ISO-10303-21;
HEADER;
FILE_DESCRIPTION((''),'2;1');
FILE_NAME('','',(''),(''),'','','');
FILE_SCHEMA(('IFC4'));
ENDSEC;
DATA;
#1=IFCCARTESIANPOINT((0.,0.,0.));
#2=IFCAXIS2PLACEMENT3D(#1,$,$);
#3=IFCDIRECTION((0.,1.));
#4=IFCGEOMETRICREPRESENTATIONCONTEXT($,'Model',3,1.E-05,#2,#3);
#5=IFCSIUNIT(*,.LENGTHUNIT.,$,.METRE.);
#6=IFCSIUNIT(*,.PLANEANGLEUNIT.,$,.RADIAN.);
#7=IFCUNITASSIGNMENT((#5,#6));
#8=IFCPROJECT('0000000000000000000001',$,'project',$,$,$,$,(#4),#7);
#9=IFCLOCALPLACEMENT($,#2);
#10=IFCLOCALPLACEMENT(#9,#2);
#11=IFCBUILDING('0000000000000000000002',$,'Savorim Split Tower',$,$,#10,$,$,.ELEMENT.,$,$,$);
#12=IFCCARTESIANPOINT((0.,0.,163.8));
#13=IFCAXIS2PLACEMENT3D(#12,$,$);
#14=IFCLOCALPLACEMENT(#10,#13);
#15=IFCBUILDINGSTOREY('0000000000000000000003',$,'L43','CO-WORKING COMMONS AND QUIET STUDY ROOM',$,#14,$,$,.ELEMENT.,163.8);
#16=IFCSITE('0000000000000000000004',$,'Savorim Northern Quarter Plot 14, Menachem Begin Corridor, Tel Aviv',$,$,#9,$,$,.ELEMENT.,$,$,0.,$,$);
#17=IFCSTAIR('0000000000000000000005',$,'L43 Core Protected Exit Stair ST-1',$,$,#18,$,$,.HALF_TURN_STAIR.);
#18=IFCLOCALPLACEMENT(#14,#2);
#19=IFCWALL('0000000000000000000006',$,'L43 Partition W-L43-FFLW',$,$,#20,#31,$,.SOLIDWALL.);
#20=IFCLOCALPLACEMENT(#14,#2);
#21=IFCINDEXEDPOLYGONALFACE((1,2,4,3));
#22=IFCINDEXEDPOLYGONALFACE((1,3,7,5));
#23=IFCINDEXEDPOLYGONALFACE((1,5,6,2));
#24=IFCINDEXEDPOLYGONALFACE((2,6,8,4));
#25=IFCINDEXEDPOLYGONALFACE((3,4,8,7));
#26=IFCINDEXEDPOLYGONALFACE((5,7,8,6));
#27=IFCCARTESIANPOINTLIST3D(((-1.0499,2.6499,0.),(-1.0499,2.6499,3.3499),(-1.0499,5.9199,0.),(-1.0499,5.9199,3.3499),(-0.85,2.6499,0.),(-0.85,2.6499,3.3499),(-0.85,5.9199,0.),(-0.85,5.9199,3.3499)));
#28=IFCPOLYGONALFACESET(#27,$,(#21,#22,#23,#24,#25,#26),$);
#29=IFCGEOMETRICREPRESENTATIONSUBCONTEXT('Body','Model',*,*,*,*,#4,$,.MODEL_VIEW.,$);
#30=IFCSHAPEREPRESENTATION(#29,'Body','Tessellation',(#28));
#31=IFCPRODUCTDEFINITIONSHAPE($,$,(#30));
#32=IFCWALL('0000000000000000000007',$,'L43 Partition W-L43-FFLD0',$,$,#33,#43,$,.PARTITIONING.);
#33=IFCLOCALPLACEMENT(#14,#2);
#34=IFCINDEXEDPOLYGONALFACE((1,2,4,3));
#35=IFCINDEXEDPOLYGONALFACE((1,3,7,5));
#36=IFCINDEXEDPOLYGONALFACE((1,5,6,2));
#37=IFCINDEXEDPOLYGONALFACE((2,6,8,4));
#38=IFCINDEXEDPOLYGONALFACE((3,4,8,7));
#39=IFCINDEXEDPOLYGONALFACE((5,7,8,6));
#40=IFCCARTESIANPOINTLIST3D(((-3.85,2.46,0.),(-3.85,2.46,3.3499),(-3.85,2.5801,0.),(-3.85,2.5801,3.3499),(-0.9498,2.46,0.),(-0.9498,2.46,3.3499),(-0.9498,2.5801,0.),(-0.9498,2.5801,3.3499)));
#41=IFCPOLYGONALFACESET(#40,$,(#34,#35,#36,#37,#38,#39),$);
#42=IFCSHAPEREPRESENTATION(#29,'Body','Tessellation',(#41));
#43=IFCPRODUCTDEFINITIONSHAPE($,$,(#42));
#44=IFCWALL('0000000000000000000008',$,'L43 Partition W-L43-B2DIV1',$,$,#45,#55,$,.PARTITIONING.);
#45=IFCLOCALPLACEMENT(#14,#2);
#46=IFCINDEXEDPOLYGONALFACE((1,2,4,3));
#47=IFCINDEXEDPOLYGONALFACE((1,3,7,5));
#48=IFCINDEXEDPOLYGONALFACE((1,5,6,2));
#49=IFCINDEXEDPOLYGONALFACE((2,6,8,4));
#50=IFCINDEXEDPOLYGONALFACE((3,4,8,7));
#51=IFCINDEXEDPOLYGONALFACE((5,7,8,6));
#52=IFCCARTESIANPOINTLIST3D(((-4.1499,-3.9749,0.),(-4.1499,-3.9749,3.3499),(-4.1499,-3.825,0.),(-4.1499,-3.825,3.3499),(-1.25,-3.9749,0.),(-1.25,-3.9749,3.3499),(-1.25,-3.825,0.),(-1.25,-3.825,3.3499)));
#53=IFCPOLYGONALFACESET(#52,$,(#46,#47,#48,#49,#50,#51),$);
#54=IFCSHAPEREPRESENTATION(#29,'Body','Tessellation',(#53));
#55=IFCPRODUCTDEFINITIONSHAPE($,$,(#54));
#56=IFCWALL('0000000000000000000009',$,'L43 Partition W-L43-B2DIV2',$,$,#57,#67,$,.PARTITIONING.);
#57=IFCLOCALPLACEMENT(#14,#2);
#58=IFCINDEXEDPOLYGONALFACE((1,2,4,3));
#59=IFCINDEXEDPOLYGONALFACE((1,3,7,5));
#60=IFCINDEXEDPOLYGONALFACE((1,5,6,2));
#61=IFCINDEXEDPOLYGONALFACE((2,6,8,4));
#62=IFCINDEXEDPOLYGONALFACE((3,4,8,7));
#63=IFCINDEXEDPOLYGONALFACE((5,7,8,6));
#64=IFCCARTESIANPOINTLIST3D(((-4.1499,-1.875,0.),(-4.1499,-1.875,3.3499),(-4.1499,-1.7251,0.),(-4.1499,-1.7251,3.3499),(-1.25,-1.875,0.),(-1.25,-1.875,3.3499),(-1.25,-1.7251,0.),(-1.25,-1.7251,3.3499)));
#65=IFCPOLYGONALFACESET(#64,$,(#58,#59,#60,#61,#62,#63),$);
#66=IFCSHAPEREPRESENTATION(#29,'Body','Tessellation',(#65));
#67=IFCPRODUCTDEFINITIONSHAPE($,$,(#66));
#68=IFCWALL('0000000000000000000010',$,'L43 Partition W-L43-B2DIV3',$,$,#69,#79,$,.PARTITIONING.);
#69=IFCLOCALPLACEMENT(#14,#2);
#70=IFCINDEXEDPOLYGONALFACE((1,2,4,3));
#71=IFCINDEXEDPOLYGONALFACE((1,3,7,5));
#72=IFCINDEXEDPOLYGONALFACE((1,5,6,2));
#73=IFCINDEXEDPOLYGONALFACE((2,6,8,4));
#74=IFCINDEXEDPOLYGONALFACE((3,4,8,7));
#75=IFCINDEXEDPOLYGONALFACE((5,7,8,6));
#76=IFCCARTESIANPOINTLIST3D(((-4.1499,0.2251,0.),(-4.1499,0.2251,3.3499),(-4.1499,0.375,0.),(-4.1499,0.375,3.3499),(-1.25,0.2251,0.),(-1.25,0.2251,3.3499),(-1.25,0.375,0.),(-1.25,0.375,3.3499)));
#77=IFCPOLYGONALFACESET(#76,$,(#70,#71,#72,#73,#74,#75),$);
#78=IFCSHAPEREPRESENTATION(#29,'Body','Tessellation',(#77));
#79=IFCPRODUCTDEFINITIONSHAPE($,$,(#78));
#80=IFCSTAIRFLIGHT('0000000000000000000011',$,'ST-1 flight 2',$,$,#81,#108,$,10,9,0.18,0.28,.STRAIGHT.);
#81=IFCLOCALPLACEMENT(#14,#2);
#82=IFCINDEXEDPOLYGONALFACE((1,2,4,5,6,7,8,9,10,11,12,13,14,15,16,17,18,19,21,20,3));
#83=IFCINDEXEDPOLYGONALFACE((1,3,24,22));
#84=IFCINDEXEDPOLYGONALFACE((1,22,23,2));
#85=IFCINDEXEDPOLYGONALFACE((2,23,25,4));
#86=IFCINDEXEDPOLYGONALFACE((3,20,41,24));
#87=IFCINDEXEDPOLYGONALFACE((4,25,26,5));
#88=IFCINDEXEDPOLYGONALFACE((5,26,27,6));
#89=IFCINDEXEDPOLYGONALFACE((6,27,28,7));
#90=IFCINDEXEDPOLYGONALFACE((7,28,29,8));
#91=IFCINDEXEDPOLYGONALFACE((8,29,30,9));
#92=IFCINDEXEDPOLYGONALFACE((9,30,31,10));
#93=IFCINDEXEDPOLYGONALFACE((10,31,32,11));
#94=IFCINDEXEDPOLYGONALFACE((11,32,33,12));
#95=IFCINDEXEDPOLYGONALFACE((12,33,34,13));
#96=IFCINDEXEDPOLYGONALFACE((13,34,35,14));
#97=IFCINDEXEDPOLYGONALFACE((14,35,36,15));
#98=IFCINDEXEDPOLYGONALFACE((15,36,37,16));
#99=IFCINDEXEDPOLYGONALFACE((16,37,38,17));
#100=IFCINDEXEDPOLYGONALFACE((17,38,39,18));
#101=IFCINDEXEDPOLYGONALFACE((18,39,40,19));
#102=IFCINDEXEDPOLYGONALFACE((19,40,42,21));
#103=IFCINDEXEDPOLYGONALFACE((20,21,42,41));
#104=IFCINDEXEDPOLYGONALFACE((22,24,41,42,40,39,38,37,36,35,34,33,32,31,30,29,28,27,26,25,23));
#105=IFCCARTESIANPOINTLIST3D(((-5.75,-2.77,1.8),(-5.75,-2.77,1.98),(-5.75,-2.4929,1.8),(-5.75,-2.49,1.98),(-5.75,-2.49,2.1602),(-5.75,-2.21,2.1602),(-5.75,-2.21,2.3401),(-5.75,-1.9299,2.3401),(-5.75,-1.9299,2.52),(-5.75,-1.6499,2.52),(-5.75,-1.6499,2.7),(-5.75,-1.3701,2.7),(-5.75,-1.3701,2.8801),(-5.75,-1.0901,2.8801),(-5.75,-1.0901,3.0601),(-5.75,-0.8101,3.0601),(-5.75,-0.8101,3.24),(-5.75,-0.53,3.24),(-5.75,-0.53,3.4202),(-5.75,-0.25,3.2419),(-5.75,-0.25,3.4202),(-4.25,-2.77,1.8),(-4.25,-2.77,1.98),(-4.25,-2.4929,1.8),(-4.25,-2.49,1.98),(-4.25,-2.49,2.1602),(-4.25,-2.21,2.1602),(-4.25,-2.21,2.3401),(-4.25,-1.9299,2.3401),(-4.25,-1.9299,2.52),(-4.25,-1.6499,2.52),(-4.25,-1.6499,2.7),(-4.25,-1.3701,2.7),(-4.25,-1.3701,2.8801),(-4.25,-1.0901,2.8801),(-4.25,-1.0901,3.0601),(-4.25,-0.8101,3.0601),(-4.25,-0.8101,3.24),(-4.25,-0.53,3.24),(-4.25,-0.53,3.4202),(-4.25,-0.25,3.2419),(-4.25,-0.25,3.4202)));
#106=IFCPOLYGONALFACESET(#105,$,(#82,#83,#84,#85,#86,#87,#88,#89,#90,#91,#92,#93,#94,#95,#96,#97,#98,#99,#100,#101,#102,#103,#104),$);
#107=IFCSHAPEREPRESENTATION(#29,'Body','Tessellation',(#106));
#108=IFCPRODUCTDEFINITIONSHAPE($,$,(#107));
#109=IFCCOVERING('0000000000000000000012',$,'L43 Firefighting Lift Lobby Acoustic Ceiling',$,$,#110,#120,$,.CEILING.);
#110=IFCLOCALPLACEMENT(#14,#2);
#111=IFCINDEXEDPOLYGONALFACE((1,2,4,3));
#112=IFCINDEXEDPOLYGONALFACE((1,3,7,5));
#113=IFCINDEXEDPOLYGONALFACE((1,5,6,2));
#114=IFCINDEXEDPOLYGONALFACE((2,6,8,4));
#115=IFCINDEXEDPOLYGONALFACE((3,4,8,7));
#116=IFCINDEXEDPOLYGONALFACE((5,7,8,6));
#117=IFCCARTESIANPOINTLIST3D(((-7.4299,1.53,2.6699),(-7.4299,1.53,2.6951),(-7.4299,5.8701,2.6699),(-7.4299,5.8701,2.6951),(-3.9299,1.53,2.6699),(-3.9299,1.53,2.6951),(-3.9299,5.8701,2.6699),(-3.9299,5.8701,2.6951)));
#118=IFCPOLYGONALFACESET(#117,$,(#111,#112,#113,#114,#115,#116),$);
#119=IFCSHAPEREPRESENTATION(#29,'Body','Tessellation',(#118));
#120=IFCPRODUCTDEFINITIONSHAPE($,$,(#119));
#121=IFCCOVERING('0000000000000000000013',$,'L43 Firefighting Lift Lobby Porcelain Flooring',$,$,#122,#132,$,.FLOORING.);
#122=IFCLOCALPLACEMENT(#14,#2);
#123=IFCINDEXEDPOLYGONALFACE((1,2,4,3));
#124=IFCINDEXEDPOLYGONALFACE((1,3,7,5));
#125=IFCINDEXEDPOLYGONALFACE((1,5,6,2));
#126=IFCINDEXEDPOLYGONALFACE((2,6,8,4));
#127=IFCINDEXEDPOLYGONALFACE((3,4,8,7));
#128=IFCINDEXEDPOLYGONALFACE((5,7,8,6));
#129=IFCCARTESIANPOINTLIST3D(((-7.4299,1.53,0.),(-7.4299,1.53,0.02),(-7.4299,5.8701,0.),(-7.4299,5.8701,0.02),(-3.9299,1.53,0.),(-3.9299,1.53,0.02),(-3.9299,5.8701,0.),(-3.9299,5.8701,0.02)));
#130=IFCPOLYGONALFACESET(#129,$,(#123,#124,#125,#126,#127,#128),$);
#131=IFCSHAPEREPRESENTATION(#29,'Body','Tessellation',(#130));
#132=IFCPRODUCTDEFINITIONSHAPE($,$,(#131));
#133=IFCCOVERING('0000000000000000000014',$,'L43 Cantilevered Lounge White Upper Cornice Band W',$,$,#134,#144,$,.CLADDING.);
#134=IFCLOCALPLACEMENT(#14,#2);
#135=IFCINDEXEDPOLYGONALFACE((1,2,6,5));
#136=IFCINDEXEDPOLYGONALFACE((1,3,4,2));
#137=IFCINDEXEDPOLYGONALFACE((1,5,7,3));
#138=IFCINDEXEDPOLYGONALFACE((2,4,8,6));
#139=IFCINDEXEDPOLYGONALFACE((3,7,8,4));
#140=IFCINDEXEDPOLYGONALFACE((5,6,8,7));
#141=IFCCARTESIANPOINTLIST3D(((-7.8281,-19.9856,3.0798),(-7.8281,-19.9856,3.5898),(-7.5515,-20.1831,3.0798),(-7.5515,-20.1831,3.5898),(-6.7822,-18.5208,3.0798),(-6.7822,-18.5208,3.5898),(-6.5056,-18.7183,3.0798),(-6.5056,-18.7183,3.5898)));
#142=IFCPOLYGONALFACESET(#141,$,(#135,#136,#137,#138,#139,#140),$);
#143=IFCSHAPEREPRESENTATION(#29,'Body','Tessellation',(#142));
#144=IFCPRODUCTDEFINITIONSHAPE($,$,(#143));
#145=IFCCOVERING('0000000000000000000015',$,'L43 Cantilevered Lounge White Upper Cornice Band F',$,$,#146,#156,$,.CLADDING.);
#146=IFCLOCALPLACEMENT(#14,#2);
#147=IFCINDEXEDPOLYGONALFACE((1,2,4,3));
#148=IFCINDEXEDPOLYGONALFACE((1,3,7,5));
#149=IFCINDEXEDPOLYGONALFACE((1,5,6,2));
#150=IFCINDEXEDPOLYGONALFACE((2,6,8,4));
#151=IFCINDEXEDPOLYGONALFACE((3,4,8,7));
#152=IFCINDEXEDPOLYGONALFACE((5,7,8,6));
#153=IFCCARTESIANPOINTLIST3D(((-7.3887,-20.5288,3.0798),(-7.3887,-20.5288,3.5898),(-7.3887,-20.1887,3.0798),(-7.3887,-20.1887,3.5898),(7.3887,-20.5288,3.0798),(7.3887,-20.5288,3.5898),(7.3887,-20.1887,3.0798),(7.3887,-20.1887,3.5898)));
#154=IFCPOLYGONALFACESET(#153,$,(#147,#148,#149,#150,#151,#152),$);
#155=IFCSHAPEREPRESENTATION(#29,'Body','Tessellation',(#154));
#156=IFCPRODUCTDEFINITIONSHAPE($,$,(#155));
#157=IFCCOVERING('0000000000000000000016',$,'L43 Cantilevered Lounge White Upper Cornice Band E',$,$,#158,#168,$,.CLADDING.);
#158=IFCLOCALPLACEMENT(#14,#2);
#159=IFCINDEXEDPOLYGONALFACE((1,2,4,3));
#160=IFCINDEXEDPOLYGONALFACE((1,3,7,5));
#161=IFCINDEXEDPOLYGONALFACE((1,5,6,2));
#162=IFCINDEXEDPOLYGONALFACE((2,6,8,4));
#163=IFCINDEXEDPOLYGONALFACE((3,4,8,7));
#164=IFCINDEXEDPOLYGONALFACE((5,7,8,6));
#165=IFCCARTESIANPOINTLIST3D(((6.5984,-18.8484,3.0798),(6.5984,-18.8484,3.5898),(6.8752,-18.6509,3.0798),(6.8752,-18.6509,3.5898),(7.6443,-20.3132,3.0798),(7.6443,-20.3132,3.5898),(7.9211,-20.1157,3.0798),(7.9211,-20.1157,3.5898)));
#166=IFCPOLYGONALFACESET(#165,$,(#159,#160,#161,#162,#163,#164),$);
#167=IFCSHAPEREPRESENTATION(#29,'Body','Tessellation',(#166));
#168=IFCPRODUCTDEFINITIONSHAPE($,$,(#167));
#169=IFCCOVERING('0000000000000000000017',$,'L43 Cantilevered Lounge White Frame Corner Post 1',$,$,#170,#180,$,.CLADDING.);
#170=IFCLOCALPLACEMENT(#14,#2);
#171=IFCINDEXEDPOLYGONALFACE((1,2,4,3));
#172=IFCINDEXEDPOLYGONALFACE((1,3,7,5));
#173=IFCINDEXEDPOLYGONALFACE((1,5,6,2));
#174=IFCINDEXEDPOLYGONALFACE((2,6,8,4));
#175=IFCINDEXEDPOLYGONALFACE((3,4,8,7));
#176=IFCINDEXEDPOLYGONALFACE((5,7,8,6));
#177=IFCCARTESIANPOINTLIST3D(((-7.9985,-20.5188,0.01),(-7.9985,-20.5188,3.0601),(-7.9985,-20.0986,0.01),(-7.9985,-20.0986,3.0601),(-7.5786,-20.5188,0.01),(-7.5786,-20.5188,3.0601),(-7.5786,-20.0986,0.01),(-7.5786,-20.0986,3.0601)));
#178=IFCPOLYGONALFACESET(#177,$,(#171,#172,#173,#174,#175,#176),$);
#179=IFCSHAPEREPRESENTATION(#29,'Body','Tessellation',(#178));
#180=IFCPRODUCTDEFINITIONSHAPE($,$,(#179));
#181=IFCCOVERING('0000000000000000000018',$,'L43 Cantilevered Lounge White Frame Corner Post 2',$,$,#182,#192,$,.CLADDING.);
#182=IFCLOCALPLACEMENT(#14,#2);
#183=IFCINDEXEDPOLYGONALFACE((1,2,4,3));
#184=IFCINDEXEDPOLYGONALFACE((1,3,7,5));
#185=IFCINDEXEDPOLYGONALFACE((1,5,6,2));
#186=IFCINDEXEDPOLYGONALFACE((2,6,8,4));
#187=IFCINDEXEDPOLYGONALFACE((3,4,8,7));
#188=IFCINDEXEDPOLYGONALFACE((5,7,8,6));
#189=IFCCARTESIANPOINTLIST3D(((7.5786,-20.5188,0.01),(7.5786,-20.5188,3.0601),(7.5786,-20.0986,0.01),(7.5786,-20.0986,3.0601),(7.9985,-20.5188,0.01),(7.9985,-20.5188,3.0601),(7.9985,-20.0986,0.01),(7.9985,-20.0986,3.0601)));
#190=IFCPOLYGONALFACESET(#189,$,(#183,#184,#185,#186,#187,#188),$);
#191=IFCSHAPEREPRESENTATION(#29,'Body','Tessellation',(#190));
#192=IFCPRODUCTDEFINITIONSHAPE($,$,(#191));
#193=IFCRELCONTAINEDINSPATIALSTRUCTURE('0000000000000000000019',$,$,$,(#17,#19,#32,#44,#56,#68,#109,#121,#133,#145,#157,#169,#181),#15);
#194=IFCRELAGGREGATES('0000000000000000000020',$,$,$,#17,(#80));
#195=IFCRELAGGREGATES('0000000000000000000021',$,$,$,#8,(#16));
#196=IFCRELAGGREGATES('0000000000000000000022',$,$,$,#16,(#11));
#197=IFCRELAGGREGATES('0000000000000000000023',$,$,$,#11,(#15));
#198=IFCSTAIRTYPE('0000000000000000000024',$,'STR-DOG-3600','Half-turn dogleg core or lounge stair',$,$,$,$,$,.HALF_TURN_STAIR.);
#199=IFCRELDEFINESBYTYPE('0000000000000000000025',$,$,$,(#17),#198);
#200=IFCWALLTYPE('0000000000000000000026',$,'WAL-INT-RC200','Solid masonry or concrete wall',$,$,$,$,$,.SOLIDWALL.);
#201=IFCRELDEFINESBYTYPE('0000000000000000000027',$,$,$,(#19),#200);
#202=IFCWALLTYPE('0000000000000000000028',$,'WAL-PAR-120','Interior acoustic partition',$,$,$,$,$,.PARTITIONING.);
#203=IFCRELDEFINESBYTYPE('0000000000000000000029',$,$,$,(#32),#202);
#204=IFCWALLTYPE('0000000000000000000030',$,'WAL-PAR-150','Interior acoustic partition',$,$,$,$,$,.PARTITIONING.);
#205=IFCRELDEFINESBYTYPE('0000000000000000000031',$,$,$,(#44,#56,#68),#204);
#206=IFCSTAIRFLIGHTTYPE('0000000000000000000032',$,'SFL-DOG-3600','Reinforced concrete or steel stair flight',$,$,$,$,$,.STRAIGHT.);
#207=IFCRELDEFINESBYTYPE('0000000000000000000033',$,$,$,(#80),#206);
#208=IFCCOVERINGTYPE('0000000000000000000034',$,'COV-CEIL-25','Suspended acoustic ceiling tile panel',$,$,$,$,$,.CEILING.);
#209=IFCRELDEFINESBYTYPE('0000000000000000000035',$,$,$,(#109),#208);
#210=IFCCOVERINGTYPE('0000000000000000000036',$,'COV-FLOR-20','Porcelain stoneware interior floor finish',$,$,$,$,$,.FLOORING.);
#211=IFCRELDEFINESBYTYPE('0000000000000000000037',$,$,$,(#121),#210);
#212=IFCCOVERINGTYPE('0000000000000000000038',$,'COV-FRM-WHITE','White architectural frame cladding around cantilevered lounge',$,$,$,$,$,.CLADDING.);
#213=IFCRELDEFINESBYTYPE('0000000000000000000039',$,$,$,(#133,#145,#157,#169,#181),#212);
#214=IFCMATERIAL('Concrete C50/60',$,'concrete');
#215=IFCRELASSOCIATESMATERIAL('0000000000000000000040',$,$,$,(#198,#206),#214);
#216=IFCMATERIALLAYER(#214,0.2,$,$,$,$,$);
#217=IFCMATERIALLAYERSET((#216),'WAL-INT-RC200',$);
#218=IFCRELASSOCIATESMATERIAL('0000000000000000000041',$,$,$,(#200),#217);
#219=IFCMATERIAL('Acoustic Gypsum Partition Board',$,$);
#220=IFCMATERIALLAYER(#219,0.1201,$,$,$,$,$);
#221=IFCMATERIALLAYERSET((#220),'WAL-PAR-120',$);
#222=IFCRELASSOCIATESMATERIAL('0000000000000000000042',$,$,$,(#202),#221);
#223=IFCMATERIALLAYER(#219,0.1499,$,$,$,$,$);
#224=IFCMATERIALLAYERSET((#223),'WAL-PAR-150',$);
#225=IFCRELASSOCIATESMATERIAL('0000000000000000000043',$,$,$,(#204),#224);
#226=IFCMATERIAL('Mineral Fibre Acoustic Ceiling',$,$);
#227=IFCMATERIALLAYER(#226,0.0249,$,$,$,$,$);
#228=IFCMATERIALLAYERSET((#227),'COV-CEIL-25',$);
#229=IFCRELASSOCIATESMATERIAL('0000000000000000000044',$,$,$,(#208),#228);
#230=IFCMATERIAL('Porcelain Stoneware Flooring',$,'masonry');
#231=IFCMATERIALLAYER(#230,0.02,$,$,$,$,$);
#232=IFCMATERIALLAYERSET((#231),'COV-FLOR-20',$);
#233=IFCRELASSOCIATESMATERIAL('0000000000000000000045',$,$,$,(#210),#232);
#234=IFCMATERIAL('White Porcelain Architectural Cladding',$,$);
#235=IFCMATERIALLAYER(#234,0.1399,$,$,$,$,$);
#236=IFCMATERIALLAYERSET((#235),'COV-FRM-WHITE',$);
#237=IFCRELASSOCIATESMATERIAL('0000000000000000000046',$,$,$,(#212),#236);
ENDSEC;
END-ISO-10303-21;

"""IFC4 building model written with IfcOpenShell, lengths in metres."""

from ifc_helpers import new_model, si_unit, direction, frame, frame_2d, origin, place, context, subcontext, project, spatial, polyline, rectangle, outline, extrude, material, layer, layer_set, type_object, element, aggregate, save


model = new_model("IFC4")

# Units and contexts
model_context = context("Model", 3, precision=1e-05, world=origin(), true_north=direction((0.0, 1.0)))
body_context = subcontext(model_context, "Body", "Model", "MODEL_VIEW")
ifc_project = project(units=[si_unit("LENGTHUNIT", "METRE"), si_unit("PLANEANGLEUNIT", "RADIAN")], contexts=[model_context])

# Site, building, storey
site_placement = place(None, origin())
site = spatial("IfcSite", under=ifc_project, at=site_placement, Name="Savorim Northern Quarter Plot 14, Menachem Begin Corridor, Tel Aviv", CompositionType="ELEMENT", RefElevation=0.0)
building_placement = place(site_placement, origin())
building = spatial("IfcBuilding", under=site, at=building_placement, Name="Savorim Split Tower", CompositionType="ELEMENT")
storey_placement = place(building_placement, frame((0.0, 0.0, 163.8)))
storey = spatial("IfcBuildingStorey", under=building, at=storey_placement, Name="L43", Description="CO-WORKING COMMONS AND QUIET STUDY ROOM", CompositionType="ELEMENT", Elevation=163.8)

# Shared definitions
ifc_material_1 = material(Name="Concrete C50/60", Category="concrete")

# Stair
stair_type = type_object("IfcStairType", Name="STR-DOG-3600", Description="Half-turn dogleg core or lounge stair", PredefinedType="HALF_TURN_STAIR", material=ifc_material_1)
stair_1_placement = place(storey_placement, origin())
stair_1 = element("IfcStair", 1, at=stair_1_placement, inside=storey, type_object=stair_type, Name="L43 Core Protected Exit Stair ST-1", PredefinedType="HALF_TURN_STAIR")

# Shared definitions
ifc_layer_1 = layer(ifc_material_1, 0.2)
ifc_layer_set_1 = layer_set([ifc_layer_1], Name="WAL-INT-RC200")
wall_type_1 = type_object("IfcWallType", Name="WAL-INT-RC200", Description="Solid masonry or concrete wall", PredefinedType="SOLIDWALL", material=ifc_layer_set_1)

# Walls
wall_1_placement = place(storey_placement, frame((-0.95, 2.6499, 0.0), z_axis=(0.0, 0.0, 1.0), x_axis=(0.0, 1.0, 0.0)))
element("IfcWall", 2, at=wall_1_placement, inside=storey, type_object=wall_type_1, Name="L43 Partition W-L43-FFLW", PredefinedType="SOLIDWALL", context=body_context, shape_type="SweptSolid", body=[
    extrude(rectangle(XDim=3.27, YDim=0.2, at=frame_2d((1.635, 0.0))), origin(), (0.0, 0.0, 1.0), 3.3499),
])
ifc_material_2 = material(Name="Acoustic Gypsum Partition Board")
ifc_layer_2 = layer(ifc_material_2, 0.1201)
ifc_layer_set_2 = layer_set([ifc_layer_2], Name="WAL-PAR-120")
wall_type_2 = type_object("IfcWallType", Name="WAL-PAR-120", Description="Interior acoustic partition", PredefinedType="PARTITIONING", material=ifc_layer_set_2)
wall_2_placement = place(storey_placement, frame((-3.8501, 2.52, 0.0), z_axis=(0.0, 0.0, 1.0), x_axis=(1.0, 0.0, 0.0)))
element("IfcWall", 3, at=wall_2_placement, inside=storey, type_object=wall_type_2, Name="L43 Partition W-L43-FFLD0", PredefinedType="PARTITIONING", context=body_context, shape_type="SweptSolid", body=[
    extrude(rectangle(XDim=2.9001, YDim=0.1201, at=frame_2d((1.4502, 0.0))), origin(), (0.0, 0.0, 1.0), 3.3499),
])
ifc_layer_3 = layer(ifc_material_2, 0.1499)
ifc_layer_set_3 = layer_set([ifc_layer_3], Name="WAL-PAR-150")
wall_type_3 = type_object("IfcWallType", Name="WAL-PAR-150", Description="Interior acoustic partition", PredefinedType="PARTITIONING", material=ifc_layer_set_3)
for number, where, z_axis, x_axis, name in (
    (4, (-4.1499, -3.8999, 0.0), (0.0, 0.0, 1.0), (1.0, 0.0, 0.0), "L43 Partition W-L43-B2DIV1"),
    (5, (-4.1499, -1.8, 0.0), (0.0, 0.0, 1.0), (1.0, 0.0, 0.0), "L43 Partition W-L43-B2DIV2"),
    (6, (-4.1499, 0.3, 0.0), (0.0, 0.0, 1.0), (1.0, 0.0, 0.0), "L43 Partition W-L43-B2DIV3"),
):
    element("IfcWall", number, at=place(storey_placement, frame(where, z_axis=z_axis, x_axis=x_axis)), inside=storey, type_object=wall_type_3, Name=name, PredefinedType="PARTITIONING", context=body_context, shape_type="SweptSolid", body=[
        extrude(rectangle(XDim=2.8999, YDim=0.1499, at=frame_2d((1.45, 0.0))), origin(), (0.0, 0.0, 1.0), 3.3499),
    ])

# Stair flight
stair_flight_type = type_object("IfcStairFlightType", Name="SFL-DOG-3600", Description="Reinforced concrete or steel stair flight", PredefinedType="STRAIGHT", material=ifc_material_1)
stair_flight_placement = place(storey_placement, frame((-5.0, -2.77, 1.8), z_axis=(0.0, 0.0, 1.0), x_axis=(0.0, 1.0, 0.0)))
stair_flight = element("IfcStairFlight", 7, at=stair_flight_placement, type_object=stair_flight_type, Name="ST-1 flight 2", NumberOfRisers=10, NumberOfTreads=9, PredefinedType="STRAIGHT", RiserHeight=0.18, TreadLength=0.28, context=body_context, shape_type="SweptSolid", body=[
    extrude(outline(polyline([(0.0, 0.0), (0.0, 0.1799), (0.28, 0.1799), (0.28, 0.3601), (0.5601, 0.3601), (0.5601, 0.54), (0.8401, 0.54), (0.8401, 0.72), (1.1201, 0.72), (1.1201, 0.8999), (1.3999, 0.8999), (1.3999, 1.0801), (1.6799, 1.0801), (1.6799, 1.26), (1.96, 1.26), (1.96, 1.4399), (2.24, 1.4399), (2.24, 1.6201), (2.52, 1.6201), (2.52, 1.8), (2.52, 1.4419), (0.2771, 0.0), (0.0, 0.0)])), frame((0.0, 0.75, 0.0), z_axis=(0.0, -1.0, 0.0), x_axis=(1.0, 0.0, 0.0)), (0.0, 0.0, 1.0), 1.5),
])
aggregate(stair_1, [stair_flight])

# Coverings
ifc_material_3 = material(Name="Mineral Fibre Acoustic Ceiling")
ifc_layer_4 = layer(ifc_material_3, 0.0249)
ifc_layer_set_4 = layer_set([ifc_layer_4], Name="COV-CEIL-25")
covering_type_1 = type_object("IfcCoveringType", Name="COV-CEIL-25", Description="Suspended acoustic ceiling tile panel", PredefinedType="CEILING", material=ifc_layer_set_4)
covering_1_placement = place(storey_placement, frame((0.0, 0.0, 2.6699)))
element("IfcCovering", 8, at=covering_1_placement, inside=storey, type_object=covering_type_1, Name="L43 Firefighting Lift Lobby Acoustic Ceiling", PredefinedType="CEILING", context=body_context, shape_type="SweptSolid", body=[
    extrude(outline(polyline([(-7.4299, 5.8701), (-7.4299, 1.53), (-3.9299, 1.53), (-3.9299, 5.8701), (-7.4299, 5.8701)])), origin(), (0.0, 0.0, 1.0), 0.0251),
])
ifc_material_4 = material(Name="Porcelain Stoneware Flooring", Category="masonry")
ifc_layer_5 = layer(ifc_material_4, 0.02)
ifc_layer_set_5 = layer_set([ifc_layer_5], Name="COV-FLOR-20")
covering_type_2 = type_object("IfcCoveringType", Name="COV-FLOR-20", Description="Porcelain stoneware interior floor finish", PredefinedType="FLOORING", material=ifc_layer_set_5)
covering_2_placement = place(storey_placement, origin())
element("IfcCovering", 9, at=covering_2_placement, inside=storey, type_object=covering_type_2, Name="L43 Firefighting Lift Lobby Porcelain Flooring", PredefinedType="FLOORING", context=body_context, shape_type="SweptSolid", body=[
    extrude(outline(polyline([(-7.4299, 5.8701), (-7.4299, 1.53), (-3.9299, 1.53), (-3.9299, 5.8701), (-7.4299, 5.8701)])), origin(), (0.0, 0.0, 1.0), 0.02),
])
ifc_material_5 = material(Name="White Porcelain Architectural Cladding")
ifc_layer_6 = layer(ifc_material_5, 0.1399)
ifc_layer_set_6 = layer_set([ifc_layer_6], Name="COV-FRM-WHITE")
covering_type_3 = type_object("IfcCoveringType", Name="COV-FRM-WHITE", Description="White architectural frame cladding around cantilevered lounge", PredefinedType="CLADDING", material=ifc_layer_set_6)
covering_3_placement = place(storey_placement, frame((0.0, 0.0, 3.0798)))
element("IfcCovering", 10, at=covering_3_placement, inside=storey, type_object=covering_type_3, Name="L43 Cantilevered Lounge White Upper Cornice Band W", PredefinedType="CLADDING", context=body_context, shape_type="SweptSolid", body=[
    extrude(outline(polyline([(-6.7822, -18.5208), (-7.8281, -19.9856), (-7.5515, -20.1831), (-6.5056, -18.7183), (-6.7822, -18.5208)])), origin(), (0.0, 0.0, 1.0), 0.51),
])
covering_4_placement = place(storey_placement, frame((0.0, 0.0, 3.0798)))
element("IfcCovering", 11, at=covering_4_placement, inside=storey, type_object=covering_type_3, Name="L43 Cantilevered Lounge White Upper Cornice Band F", PredefinedType="CLADDING", context=body_context, shape_type="SweptSolid", body=[
    extrude(outline(polyline([(-7.3887, -20.5288), (7.3887, -20.5288), (7.3887, -20.1887), (-7.3887, -20.1887), (-7.3887, -20.5288)])), origin(), (0.0, 0.0, 1.0), 0.51),
])
covering_5_placement = place(storey_placement, frame((0.0, 0.0, 3.0798)))
element("IfcCovering", 12, at=covering_5_placement, inside=storey, type_object=covering_type_3, Name="L43 Cantilevered Lounge White Upper Cornice Band E", PredefinedType="CLADDING", context=body_context, shape_type="SweptSolid", body=[
    extrude(outline(polyline([(7.9211, -20.1157), (6.8752, -18.6509), (6.5984, -18.8484), (7.6443, -20.3132), (7.9211, -20.1157)])), origin(), (0.0, 0.0, 1.0), 0.51),
])
covering_6_placement = place(storey_placement, frame((0.0, 0.0, 0.01)))
element("IfcCovering", 13, at=covering_6_placement, inside=storey, type_object=covering_type_3, Name="L43 Cantilevered Lounge White Frame Corner Post 1", PredefinedType="CLADDING", context=body_context, shape_type="SweptSolid", body=[
    extrude(outline(polyline([(-7.9985, -20.5188), (-7.5786, -20.5188), (-7.5786, -20.0986), (-7.9985, -20.0986), (-7.9985, -20.5188)])), origin(), (0.0, 0.0, 1.0), 3.05),
])
covering_7_placement = place(storey_placement, frame((0.0, 0.0, 0.01)))
element("IfcCovering", 14, at=covering_7_placement, inside=storey, type_object=covering_type_3, Name="L43 Cantilevered Lounge White Frame Corner Post 2", PredefinedType="CLADDING", context=body_context, shape_type="SweptSolid", body=[
    extrude(outline(polyline([(7.5786, -20.5188), (7.9985, -20.5188), (7.9985, -20.0986), (7.5786, -20.0986), (7.5786, -20.5188)])), origin(), (0.0, 0.0, 1.0), 3.05),
])

save(model, "model.ifc")
